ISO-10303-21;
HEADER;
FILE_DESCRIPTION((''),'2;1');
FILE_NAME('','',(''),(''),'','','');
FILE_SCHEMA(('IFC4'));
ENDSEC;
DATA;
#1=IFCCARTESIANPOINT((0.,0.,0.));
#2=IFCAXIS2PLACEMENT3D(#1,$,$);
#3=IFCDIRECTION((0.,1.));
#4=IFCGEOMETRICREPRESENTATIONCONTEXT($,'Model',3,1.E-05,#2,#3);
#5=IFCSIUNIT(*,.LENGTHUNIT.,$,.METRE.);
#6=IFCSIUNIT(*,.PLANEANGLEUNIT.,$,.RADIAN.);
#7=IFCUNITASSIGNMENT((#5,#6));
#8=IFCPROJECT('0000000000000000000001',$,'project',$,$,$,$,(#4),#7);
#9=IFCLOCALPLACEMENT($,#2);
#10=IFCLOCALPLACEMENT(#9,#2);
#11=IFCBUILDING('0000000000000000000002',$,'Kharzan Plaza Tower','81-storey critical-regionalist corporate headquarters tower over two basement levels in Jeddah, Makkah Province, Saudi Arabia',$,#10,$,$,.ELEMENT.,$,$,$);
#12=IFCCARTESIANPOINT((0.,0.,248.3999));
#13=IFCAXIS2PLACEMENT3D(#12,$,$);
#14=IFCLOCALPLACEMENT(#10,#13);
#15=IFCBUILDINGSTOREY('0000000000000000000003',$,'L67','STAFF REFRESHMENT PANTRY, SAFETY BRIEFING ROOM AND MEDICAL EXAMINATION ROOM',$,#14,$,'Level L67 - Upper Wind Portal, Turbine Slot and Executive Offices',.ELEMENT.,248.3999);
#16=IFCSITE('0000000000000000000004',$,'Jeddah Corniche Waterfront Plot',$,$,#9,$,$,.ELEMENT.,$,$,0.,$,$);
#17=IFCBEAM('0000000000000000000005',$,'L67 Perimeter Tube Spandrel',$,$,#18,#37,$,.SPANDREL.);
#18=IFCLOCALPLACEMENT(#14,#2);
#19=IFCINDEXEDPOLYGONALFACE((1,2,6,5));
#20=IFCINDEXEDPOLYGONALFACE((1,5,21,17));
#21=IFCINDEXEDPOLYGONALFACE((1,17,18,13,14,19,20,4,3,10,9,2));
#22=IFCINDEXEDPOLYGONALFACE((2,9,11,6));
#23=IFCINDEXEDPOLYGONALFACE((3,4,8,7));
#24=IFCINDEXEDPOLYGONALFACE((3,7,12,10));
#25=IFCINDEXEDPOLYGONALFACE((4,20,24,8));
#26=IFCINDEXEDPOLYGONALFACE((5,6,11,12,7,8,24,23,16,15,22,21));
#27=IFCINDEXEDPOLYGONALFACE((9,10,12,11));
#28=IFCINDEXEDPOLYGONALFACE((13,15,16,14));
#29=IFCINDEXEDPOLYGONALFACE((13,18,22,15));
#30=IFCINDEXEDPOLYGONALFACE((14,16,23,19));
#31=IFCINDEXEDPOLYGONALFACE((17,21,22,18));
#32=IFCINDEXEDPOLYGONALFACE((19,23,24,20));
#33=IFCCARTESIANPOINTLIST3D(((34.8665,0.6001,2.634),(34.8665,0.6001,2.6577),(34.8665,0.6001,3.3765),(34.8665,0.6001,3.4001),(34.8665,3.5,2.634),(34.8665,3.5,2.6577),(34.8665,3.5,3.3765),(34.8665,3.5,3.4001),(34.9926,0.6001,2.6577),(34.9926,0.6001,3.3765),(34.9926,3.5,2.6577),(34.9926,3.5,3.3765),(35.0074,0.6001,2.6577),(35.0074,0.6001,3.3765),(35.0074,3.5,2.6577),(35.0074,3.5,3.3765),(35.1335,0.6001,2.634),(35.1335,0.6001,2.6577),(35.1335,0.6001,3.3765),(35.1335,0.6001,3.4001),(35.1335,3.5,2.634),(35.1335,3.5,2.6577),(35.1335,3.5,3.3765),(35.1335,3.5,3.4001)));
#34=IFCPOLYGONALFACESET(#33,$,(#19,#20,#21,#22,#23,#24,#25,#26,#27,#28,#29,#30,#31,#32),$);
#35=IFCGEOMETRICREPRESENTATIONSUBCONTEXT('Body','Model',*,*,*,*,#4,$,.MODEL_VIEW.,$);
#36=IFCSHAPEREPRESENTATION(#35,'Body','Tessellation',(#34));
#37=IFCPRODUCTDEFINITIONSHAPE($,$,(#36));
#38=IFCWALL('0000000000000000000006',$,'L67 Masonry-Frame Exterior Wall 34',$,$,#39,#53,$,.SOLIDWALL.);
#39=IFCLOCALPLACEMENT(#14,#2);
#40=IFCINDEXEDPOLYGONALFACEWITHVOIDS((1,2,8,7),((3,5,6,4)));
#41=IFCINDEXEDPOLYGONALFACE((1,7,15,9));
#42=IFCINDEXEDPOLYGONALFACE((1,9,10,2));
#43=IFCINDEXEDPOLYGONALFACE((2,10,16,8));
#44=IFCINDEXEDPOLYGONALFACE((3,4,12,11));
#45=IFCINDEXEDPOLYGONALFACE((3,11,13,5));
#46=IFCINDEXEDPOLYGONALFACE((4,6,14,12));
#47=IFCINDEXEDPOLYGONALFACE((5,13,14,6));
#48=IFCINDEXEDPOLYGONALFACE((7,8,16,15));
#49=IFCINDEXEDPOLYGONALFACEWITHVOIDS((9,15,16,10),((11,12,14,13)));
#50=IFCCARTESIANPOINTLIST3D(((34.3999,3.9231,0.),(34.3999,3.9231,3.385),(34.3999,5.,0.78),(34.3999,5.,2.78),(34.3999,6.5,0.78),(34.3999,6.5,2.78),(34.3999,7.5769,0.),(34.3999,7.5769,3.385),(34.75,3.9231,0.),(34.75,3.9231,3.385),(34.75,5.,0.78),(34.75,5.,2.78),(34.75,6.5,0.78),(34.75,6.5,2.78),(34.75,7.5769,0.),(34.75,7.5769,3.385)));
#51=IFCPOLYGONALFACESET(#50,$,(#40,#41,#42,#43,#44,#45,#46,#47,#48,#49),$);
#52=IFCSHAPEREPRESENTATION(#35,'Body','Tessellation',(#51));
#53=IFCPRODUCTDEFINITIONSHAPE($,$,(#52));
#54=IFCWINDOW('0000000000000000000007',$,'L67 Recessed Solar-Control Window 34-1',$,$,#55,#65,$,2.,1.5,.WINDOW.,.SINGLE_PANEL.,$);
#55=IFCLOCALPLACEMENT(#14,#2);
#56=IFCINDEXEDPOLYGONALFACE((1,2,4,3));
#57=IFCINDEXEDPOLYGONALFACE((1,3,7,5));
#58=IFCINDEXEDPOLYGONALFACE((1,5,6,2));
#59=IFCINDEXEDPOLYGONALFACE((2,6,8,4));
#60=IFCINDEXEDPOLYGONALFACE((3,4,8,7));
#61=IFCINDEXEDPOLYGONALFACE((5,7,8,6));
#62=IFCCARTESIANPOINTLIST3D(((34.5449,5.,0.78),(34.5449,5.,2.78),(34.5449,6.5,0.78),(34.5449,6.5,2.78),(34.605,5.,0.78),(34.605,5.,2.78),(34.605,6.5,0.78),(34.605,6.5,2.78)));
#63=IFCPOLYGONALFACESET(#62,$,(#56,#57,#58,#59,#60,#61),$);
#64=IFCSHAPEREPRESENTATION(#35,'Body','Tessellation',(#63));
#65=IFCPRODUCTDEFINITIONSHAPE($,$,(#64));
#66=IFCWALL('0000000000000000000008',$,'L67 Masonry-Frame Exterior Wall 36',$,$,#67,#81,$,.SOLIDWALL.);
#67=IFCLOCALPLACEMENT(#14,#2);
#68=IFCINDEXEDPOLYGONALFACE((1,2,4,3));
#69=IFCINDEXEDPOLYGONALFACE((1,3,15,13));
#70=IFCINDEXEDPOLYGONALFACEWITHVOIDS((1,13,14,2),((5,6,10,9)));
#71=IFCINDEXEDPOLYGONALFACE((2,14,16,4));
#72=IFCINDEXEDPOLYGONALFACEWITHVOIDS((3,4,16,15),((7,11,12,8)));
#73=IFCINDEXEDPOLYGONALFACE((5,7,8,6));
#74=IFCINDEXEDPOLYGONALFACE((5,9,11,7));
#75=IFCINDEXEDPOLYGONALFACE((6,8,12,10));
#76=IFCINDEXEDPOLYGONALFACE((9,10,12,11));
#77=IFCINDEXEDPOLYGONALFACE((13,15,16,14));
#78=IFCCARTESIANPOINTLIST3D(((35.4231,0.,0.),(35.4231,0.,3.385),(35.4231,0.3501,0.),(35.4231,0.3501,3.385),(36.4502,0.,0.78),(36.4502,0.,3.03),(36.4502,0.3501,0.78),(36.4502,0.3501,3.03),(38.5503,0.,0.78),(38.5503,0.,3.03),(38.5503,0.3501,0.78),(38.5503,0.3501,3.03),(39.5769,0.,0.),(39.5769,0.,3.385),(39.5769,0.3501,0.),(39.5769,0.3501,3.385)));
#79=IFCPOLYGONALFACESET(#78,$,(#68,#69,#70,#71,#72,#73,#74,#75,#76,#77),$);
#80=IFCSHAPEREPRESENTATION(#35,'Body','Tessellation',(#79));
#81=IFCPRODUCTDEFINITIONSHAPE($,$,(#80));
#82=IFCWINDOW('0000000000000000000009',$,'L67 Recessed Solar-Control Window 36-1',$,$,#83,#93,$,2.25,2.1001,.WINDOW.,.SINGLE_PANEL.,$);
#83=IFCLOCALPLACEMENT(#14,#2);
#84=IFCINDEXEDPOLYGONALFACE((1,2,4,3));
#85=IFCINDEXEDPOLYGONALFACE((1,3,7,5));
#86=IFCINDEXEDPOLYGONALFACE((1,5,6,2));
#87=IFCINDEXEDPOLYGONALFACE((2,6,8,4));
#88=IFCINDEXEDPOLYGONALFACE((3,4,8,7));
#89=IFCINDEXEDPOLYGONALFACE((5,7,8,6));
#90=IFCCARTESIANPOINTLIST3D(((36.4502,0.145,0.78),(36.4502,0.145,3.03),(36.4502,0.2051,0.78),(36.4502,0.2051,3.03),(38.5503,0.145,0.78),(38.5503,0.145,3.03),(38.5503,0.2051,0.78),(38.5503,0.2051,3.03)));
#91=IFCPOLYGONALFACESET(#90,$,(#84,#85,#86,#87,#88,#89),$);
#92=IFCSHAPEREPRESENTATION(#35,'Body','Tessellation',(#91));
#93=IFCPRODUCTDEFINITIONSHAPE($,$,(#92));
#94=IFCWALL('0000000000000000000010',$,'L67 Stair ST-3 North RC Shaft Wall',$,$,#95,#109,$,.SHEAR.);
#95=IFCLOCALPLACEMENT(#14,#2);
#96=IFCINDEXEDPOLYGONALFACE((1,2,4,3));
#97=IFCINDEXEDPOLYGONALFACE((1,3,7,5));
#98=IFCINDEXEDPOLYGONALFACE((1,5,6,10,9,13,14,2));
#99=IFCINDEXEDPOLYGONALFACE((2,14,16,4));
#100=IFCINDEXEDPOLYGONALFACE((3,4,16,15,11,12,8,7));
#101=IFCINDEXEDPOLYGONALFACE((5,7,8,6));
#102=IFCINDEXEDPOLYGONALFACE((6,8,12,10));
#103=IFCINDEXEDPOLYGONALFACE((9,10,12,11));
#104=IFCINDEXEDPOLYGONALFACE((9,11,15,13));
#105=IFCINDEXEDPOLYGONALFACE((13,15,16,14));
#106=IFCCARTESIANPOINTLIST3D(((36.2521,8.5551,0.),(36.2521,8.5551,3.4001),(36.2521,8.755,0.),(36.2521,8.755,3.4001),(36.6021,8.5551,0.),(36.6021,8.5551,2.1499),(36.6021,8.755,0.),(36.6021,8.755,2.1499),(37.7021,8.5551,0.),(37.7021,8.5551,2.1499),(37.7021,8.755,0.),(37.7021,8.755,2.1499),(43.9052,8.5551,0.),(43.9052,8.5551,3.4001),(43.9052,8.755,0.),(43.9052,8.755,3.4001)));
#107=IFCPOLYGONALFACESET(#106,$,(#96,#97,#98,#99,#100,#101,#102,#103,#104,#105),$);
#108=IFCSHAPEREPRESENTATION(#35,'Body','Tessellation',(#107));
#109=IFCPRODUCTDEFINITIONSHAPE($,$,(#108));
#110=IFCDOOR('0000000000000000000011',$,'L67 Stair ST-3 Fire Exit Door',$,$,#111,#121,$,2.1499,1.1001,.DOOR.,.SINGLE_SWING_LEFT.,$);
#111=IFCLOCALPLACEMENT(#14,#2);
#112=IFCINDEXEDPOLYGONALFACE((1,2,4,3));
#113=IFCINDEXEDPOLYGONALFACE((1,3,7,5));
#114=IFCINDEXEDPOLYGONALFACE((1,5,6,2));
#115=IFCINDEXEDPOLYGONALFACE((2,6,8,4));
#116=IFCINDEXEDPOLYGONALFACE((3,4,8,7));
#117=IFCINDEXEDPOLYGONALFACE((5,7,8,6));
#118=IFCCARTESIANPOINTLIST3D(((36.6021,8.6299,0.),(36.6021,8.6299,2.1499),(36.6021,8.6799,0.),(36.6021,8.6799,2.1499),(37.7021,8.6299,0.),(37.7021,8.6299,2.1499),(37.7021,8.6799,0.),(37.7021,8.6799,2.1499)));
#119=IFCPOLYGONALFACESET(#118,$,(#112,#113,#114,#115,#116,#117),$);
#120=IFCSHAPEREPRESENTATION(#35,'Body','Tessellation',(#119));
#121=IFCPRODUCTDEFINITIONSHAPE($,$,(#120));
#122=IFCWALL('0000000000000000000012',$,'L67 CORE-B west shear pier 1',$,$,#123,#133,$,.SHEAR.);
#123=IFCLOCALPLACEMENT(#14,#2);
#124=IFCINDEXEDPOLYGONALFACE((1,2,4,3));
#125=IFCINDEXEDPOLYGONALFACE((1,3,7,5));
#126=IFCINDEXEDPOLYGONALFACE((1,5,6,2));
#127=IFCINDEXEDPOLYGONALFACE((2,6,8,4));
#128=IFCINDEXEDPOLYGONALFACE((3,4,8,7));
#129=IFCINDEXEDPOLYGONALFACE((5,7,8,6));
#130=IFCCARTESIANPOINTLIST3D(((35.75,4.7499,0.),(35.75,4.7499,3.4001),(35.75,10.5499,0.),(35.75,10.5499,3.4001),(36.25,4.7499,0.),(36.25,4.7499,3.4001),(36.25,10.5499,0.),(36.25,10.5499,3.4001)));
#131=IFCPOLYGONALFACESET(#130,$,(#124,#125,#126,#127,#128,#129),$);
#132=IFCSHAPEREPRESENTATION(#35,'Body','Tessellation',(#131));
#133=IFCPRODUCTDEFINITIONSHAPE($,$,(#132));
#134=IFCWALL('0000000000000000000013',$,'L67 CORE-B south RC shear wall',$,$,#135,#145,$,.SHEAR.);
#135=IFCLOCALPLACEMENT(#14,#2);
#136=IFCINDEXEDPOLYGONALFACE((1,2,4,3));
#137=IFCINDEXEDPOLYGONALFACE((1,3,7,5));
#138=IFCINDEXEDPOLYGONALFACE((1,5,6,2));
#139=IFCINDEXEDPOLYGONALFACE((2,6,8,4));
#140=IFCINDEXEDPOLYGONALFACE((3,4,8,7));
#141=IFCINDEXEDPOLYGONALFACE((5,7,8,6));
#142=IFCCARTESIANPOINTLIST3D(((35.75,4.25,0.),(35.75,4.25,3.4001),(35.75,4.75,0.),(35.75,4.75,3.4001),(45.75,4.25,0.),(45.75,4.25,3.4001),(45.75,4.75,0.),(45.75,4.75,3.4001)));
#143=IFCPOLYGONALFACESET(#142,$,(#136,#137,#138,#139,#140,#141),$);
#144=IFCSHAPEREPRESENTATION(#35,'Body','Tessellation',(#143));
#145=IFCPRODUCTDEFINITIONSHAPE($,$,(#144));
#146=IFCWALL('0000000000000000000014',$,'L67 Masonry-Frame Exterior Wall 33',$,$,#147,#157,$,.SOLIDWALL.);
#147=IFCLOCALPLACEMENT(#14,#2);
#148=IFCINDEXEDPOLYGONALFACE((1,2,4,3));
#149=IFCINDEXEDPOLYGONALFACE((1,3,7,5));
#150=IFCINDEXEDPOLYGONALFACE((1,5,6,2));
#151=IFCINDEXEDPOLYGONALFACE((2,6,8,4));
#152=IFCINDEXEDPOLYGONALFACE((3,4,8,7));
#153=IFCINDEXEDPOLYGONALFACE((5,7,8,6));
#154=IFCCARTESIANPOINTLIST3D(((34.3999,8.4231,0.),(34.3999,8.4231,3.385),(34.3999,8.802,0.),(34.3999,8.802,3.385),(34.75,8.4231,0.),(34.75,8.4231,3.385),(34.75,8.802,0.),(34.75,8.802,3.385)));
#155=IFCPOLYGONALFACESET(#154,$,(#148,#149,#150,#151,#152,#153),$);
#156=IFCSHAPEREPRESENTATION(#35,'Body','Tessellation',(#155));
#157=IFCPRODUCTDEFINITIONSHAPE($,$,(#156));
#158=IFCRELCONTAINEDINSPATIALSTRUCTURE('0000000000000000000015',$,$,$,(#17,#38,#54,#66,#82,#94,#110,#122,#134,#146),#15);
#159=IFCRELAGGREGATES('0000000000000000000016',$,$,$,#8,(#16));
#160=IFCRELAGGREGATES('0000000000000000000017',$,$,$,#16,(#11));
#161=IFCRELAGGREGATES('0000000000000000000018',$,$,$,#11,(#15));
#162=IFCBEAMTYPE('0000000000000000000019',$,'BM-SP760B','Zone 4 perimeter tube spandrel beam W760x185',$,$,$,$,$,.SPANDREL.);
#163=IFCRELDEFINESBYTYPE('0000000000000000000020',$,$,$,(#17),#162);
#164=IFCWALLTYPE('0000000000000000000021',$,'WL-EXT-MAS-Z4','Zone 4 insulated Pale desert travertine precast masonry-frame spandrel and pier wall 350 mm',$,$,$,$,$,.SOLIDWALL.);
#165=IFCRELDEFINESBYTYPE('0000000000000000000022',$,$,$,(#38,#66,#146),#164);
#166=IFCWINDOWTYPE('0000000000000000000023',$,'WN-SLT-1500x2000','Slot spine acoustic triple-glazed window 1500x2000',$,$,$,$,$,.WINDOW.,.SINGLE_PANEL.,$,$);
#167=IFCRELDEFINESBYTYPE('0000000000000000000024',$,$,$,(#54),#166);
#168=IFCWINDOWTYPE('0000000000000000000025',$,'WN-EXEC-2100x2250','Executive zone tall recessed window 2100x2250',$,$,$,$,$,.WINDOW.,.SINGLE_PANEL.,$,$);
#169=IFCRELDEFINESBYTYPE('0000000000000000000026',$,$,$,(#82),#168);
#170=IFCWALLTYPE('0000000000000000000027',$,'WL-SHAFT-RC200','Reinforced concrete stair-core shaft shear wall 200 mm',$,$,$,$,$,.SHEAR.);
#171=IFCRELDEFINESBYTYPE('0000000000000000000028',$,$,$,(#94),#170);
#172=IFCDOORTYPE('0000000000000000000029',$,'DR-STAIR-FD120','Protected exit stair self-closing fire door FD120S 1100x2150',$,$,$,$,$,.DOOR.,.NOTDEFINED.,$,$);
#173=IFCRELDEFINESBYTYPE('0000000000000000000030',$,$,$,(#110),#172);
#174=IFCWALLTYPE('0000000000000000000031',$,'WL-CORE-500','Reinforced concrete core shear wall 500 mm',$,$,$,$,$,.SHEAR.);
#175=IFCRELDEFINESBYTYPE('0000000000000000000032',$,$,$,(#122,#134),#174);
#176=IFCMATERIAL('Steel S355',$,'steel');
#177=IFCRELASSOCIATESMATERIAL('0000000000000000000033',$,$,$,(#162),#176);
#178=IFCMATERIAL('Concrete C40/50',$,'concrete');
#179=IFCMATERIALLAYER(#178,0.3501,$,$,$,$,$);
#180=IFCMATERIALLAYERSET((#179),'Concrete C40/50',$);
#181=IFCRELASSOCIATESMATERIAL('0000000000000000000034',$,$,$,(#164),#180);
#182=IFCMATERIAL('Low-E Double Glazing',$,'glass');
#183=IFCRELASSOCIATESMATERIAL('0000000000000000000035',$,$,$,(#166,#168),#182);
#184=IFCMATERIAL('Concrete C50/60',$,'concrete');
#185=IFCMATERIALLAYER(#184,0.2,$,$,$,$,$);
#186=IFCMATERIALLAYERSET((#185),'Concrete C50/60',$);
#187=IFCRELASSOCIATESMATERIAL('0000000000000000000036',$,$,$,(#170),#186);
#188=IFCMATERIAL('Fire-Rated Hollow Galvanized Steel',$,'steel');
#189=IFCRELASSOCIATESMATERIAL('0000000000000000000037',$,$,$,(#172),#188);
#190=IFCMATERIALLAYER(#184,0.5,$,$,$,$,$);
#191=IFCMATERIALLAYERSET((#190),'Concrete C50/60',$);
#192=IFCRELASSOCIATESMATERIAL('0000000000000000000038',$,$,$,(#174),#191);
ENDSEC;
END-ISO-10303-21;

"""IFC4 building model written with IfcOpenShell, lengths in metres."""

from ifc_helpers import new_model, si_unit, direction, frame, frame_2d, origin, origin_2d, place, context, subcontext, project, spatial, rectangle, i_section, extrude, source, transform, mapped, material, layer, layer_set, material_profile, profile_set, type_object, element, fill, save


model = new_model("IFC4")

# Units and contexts
model_context = context("Model", 3, precision=1e-05, world=origin(), true_north=direction((0.0, 1.0)))
body_context = subcontext(model_context, "Body", "Model", "MODEL_VIEW")
ifc_project = project(units=[si_unit("LENGTHUNIT", "METRE"), si_unit("PLANEANGLEUNIT", "RADIAN")], contexts=[model_context])

# Site, building, storey
site_placement = place(None, origin())
site = spatial("IfcSite", under=ifc_project, at=site_placement, Name="Jeddah Corniche Waterfront Plot", CompositionType="ELEMENT", RefElevation=0.0)
building_placement = place(site_placement, origin())
building = spatial("IfcBuilding", under=site, at=building_placement, Name="Kharzan Plaza Tower", Description="81-storey critical-regionalist corporate headquarters tower over two basement levels in Jeddah, Makkah Province, Saudi Arabia", CompositionType="ELEMENT")
storey_placement = place(building_placement, frame((0.0, 0.0, 248.3999)))
storey = spatial("IfcBuildingStorey", under=building, at=storey_placement, Name="L67", Description="STAFF REFRESHMENT PANTRY, SAFETY BRIEFING ROOM AND MEDICAL EXAMINATION ROOM", LongName="Level L67 - Upper Wind Portal, Turbine Slot and Executive Offices", CompositionType="ELEMENT", Elevation=248.3999)

# Shared definitions
ifc_material_1 = material(Name="Concrete C50/60", Category="concrete")

# Beam
ifc_material_2 = material(Name="Steel S355", Category="steel")
ifc_material_profile_1 = material_profile(ifc_material_2, i_section(OverallWidth=0.2671, OverallDepth=0.7661, WebThickness=0.0149, FlangeThickness=0.0237, at=origin_2d()), Name="W760x185")
ifc_profile_set_1 = profile_set([ifc_material_profile_1], Name="Steel S355")
beam_type_1 = type_object("IfcBeamType", Name="BM-SP760B", Description="Zone 4 perimeter tube spandrel beam W760x185", PredefinedType="SPANDREL", material=ifc_profile_set_1)
shared_shape_1 = source(origin(), body_context, "Body", "SweptSolid", [
    extrude(i_section(OverallWidth=0.2671, OverallDepth=0.7661, WebThickness=0.0149, FlangeThickness=0.0237, at=origin_2d()), origin(), (0.0, 0.0, 1.0), 2.8999),
])
beam_1_placement = place(storey_placement, frame((35.0, 0.6001, 3.0171), z_axis=(0.0, 1.0, 0.0), x_axis=(-1.0, 0.0, 0.0)))
element("IfcBeam", 1, at=beam_1_placement, inside=storey, type_object=beam_type_1, Name="L67 Perimeter Tube Spandrel", PredefinedType="SPANDREL", context=body_context, shape_type="MappedRepresentation", body=[
    mapped(shared_shape_1, transform((0.0, 0.0, 0.0), x_axis=(1.0, 0.0, 0.0), y_axis=(0.0, 1.0, 0.0), z_axis=(0.0, 0.0, 1.0))),
])

# Walls, openings, windows
ifc_material_3 = material(Name="Concrete C40/50", Category="concrete")
ifc_layer_1 = layer(ifc_material_3, 0.3501)
ifc_layer_set_1 = layer_set([ifc_layer_1], Name="Concrete C40/50")
wall_type_1 = type_object("IfcWallType", Name="WL-EXT-MAS-Z4", Description="Zone 4 insulated Pale desert travertine precast masonry-frame spandrel and pier wall 350 mm", PredefinedType="SOLIDWALL", material=ifc_layer_set_1)
wall_1_placement = place(storey_placement, frame((34.575, 7.5769, 0.0), z_axis=(0.0, 0.0, 1.0), x_axis=(0.0, -1.0, 0.0)))
wall_1 = element("IfcWall", 2, at=wall_1_placement, inside=storey, type_object=wall_type_1, Name="L67 Masonry-Frame Exterior Wall 34", PredefinedType="SOLIDWALL", context=body_context, shape_type="SweptSolid", body=[
    extrude(rectangle(XDim=3.6538, YDim=0.3501, at=frame_2d((1.8269, 0.0))), origin(), (0.0, 0.0, 1.0), 3.385),
])
opening_1_placement = place(wall_1_placement, frame((1.0769, 0.0, 0.78)))
opening_1 = element("IfcOpeningElement", 3, at=opening_1_placement, cuts=wall_1, PredefinedType="OPENING", context=body_context, shape_type="SweptSolid", body=[
    extrude(rectangle(XDim=1.5, YDim=2.0, at=frame_2d((0.75, 1.0))), frame((0.0, 0.1851, 0.0), z_axis=(0.0, -1.0, 0.0), x_axis=(1.0, 0.0, 0.0)), (0.0, 0.0, 1.0), 0.3701),
])
ifc_material_4 = material(Name="Low-E Double Glazing", Category="glass")
window_type_1 = type_object("IfcWindowType", Name="WN-SLT-1500x2000", Description="Slot spine acoustic triple-glazed window 1500x2000", PartitioningType="SINGLE_PANEL", PredefinedType="WINDOW", material=ifc_material_4)
shared_shape_2 = source(origin(), body_context, "Body", "SweptSolid", [
    extrude(rectangle(XDim=1.5, YDim=2.0, at=frame_2d((0.75, 1.0))), frame((0.0, 0.03, 0.0), z_axis=(0.0, -1.0, 0.0), x_axis=(1.0, 0.0, 0.0)), (0.0, 0.0, 1.0), 0.0601),
])
window_1_placement = place(opening_1_placement, origin())
window_1 = element("IfcWindow", 4, at=window_1_placement, inside=storey, type_object=window_type_1, Name="L67 Recessed Solar-Control Window 34-1", OverallHeight=2.0, OverallWidth=1.5, PartitioningType="SINGLE_PANEL", PredefinedType="WINDOW", context=body_context, shape_type="MappedRepresentation", body=[
    mapped(shared_shape_2, transform((0.0, 0.0, 0.0), x_axis=(1.0, 0.0, 0.0), y_axis=(0.0, 1.0, 0.0), z_axis=(0.0, 0.0, 1.0))),
])
fill(opening_1, window_1)
wall_2_placement = place(storey_placement, frame((35.4231, 0.175, 0.0), z_axis=(0.0, 0.0, 1.0), x_axis=(1.0, 0.0, 0.0)))
wall_2 = element("IfcWall", 5, at=wall_2_placement, inside=storey, type_object=wall_type_1, Name="L67 Masonry-Frame Exterior Wall 36", PredefinedType="SOLIDWALL", context=body_context, shape_type="SweptSolid", body=[
    extrude(rectangle(XDim=4.1538, YDim=0.3501, at=frame_2d((2.0769, 0.0))), origin(), (0.0, 0.0, 1.0), 3.385),
])
opening_2_placement = place(wall_2_placement, frame((1.0271, 0.0, 0.78)))
opening_2 = element("IfcOpeningElement", 6, at=opening_2_placement, cuts=wall_2, PredefinedType="OPENING", context=body_context, shape_type="SweptSolid", body=[
    extrude(rectangle(XDim=2.1001, YDim=2.25, at=frame_2d((1.05, 1.125))), frame((0.0, 0.1851, 0.0), z_axis=(0.0, -1.0, 0.0), x_axis=(1.0, 0.0, 0.0)), (0.0, 0.0, 1.0), 0.3701),
])
window_type_2 = type_object("IfcWindowType", Name="WN-EXEC-2100x2250", Description="Executive zone tall recessed window 2100x2250", PartitioningType="SINGLE_PANEL", PredefinedType="WINDOW", material=ifc_material_4)
shared_shape_3 = source(origin(), body_context, "Body", "SweptSolid", [
    extrude(rectangle(XDim=2.1001, YDim=2.25, at=frame_2d((1.05, 1.125))), frame((0.0, 0.03, 0.0), z_axis=(0.0, -1.0, 0.0), x_axis=(1.0, 0.0, 0.0)), (0.0, 0.0, 1.0), 0.0601),
])
window_2_placement = place(opening_2_placement, origin())
window_2 = element("IfcWindow", 7, at=window_2_placement, inside=storey, type_object=window_type_2, Name="L67 Recessed Solar-Control Window 36-1", OverallHeight=2.25, OverallWidth=2.1001, PartitioningType="SINGLE_PANEL", PredefinedType="WINDOW", context=body_context, shape_type="MappedRepresentation", body=[
    mapped(shared_shape_3, transform((0.0, 0.0, 0.0), x_axis=(1.0, 0.0, 0.0), y_axis=(0.0, 1.0, 0.0), z_axis=(0.0, 0.0, 1.0))),
])
fill(opening_2, window_2)

# Wall, opening, door
ifc_layer_2 = layer(ifc_material_1, 0.2)
ifc_layer_set_2 = layer_set([ifc_layer_2], Name="Concrete C50/60")
wall_type_2 = type_object("IfcWallType", Name="WL-SHAFT-RC200", Description="Reinforced concrete stair-core shaft shear wall 200 mm", PredefinedType="SHEAR", material=ifc_layer_set_2)
wall_3_placement = place(storey_placement, frame((36.252, 8.655, 0.0), z_axis=(0.0, 0.0, 1.0), x_axis=(1.0, 0.0, 0.0)))
wall_3 = element("IfcWall", 8, at=wall_3_placement, inside=storey, type_object=wall_type_2, Name="L67 Stair ST-3 North RC Shaft Wall", PredefinedType="SHEAR", context=body_context, shape_type="SweptSolid", body=[
    extrude(rectangle(XDim=7.6531, YDim=0.2, at=frame_2d((3.8267, 0.0))), origin(), (0.0, 0.0, 1.0), 3.4001),
])
opening_3_placement = place(wall_3_placement, frame((0.3501, 0.0, 0.0)))
opening_3 = element("IfcOpeningElement", 9, at=opening_3_placement, cuts=wall_3, PredefinedType="OPENING", context=body_context, shape_type="SweptSolid", body=[
    extrude(rectangle(XDim=1.1001, YDim=2.1499, at=frame_2d((0.55, 1.075))), frame((0.0, 0.1099, 0.0), z_axis=(0.0, -1.0, 0.0), x_axis=(1.0, 0.0, 0.0)), (0.0, 0.0, 1.0), 0.22),
])
ifc_material_5 = material(Name="Fire-Rated Hollow Galvanized Steel", Category="steel")
door_type = type_object("IfcDoorType", Name="DR-STAIR-FD120", Description="Protected exit stair self-closing fire door FD120S 1100x2150", OperationType="NOTDEFINED", PredefinedType="DOOR", material=ifc_material_5)
shared_shape_4 = source(origin(), body_context, "Body", "SweptSolid", [
    extrude(rectangle(XDim=1.1001, YDim=2.1499, at=frame_2d((0.55, 1.075))), frame((0.0, 0.0249, 0.0), z_axis=(0.0, -1.0, 0.0), x_axis=(1.0, 0.0, 0.0)), (0.0, 0.0, 1.0), 0.05),
])
door_placement = place(opening_3_placement, origin())
door = element("IfcDoor", 10, at=door_placement, inside=storey, type_object=door_type, Name="L67 Stair ST-3 Fire Exit Door", OperationType="SINGLE_SWING_LEFT", OverallHeight=2.1499, OverallWidth=1.1001, PredefinedType="DOOR", context=body_context, shape_type="MappedRepresentation", body=[
    mapped(shared_shape_4, transform((0.0, 0.0, 0.0), x_axis=(1.0, 0.0, 0.0), y_axis=(0.0, 1.0, 0.0), z_axis=(0.0, 0.0, 1.0))),
])
fill(opening_3, door)

# Walls
ifc_layer_3 = layer(ifc_material_1, 0.5)
ifc_layer_set_3 = layer_set([ifc_layer_3], Name="Concrete C50/60")
wall_type_3 = type_object("IfcWallType", Name="WL-CORE-500", Description="Reinforced concrete core shear wall 500 mm", PredefinedType="SHEAR", material=ifc_layer_set_3)
shared_shape_5 = source(origin(), body_context, "Body", "SweptSolid", [
    extrude(rectangle(XDim=5.8, YDim=0.5, at=frame_2d((2.8999, 0.0))), origin(), (0.0, 0.0, 1.0), 3.4001),
])
wall_4_placement = place(storey_placement, frame((36.0, 4.75, 0.0), z_axis=(0.0, 0.0, 1.0), x_axis=(0.0, 1.0, 0.0)))
element("IfcWall", 11, at=wall_4_placement, inside=storey, type_object=wall_type_3, Name="L67 CORE-B west shear pier 1", PredefinedType="SHEAR", context=body_context, shape_type="MappedRepresentation", body=[
    mapped(shared_shape_5, transform((0.0, 0.0, 0.0), x_axis=(1.0, 0.0, 0.0), y_axis=(0.0, 1.0, 0.0), z_axis=(0.0, 0.0, 1.0))),
])
shared_shape_6 = source(origin(), body_context, "Body", "SweptSolid", [
    extrude(rectangle(XDim=10.0, YDim=0.5, at=frame_2d((5.0, 0.0))), origin(), (0.0, 0.0, 1.0), 3.4001),
])
wall_5_placement = place(storey_placement, frame((35.75, 4.5, 0.0), z_axis=(0.0, 0.0, 1.0), x_axis=(1.0, 0.0, 0.0)))
element("IfcWall", 12, at=wall_5_placement, inside=storey, type_object=wall_type_3, Name="L67 CORE-B south RC shear wall", PredefinedType="SHEAR", context=body_context, shape_type="MappedRepresentation", body=[
    mapped(shared_shape_6, transform((0.0, 0.0, 0.0), x_axis=(1.0, 0.0, 0.0), y_axis=(0.0, 1.0, 0.0), z_axis=(0.0, 0.0, 1.0))),
])
shared_shape_7 = source(origin(), body_context, "Body", "SweptSolid", [
    extrude(rectangle(XDim=0.3789, YDim=0.3501, at=frame_2d((0.1895, 0.0))), origin(), (0.0, 0.0, 1.0), 3.385),
])
wall_6_placement = place(storey_placement, frame((34.575, 8.802, 0.0), z_axis=(0.0, 0.0, 1.0), x_axis=(0.0, -1.0, 0.0)))
element("IfcWall", 13, at=wall_6_placement, inside=storey, type_object=wall_type_1, Name="L67 Masonry-Frame Exterior Wall 33", PredefinedType="SOLIDWALL", context=body_context, shape_type="MappedRepresentation", body=[
    mapped(shared_shape_7, transform((0.0, 0.0, 0.0), x_axis=(1.0, 0.0, 0.0), y_axis=(0.0, 1.0, 0.0), z_axis=(0.0, 0.0, 1.0))),
])

save(model, "model.ifc")
